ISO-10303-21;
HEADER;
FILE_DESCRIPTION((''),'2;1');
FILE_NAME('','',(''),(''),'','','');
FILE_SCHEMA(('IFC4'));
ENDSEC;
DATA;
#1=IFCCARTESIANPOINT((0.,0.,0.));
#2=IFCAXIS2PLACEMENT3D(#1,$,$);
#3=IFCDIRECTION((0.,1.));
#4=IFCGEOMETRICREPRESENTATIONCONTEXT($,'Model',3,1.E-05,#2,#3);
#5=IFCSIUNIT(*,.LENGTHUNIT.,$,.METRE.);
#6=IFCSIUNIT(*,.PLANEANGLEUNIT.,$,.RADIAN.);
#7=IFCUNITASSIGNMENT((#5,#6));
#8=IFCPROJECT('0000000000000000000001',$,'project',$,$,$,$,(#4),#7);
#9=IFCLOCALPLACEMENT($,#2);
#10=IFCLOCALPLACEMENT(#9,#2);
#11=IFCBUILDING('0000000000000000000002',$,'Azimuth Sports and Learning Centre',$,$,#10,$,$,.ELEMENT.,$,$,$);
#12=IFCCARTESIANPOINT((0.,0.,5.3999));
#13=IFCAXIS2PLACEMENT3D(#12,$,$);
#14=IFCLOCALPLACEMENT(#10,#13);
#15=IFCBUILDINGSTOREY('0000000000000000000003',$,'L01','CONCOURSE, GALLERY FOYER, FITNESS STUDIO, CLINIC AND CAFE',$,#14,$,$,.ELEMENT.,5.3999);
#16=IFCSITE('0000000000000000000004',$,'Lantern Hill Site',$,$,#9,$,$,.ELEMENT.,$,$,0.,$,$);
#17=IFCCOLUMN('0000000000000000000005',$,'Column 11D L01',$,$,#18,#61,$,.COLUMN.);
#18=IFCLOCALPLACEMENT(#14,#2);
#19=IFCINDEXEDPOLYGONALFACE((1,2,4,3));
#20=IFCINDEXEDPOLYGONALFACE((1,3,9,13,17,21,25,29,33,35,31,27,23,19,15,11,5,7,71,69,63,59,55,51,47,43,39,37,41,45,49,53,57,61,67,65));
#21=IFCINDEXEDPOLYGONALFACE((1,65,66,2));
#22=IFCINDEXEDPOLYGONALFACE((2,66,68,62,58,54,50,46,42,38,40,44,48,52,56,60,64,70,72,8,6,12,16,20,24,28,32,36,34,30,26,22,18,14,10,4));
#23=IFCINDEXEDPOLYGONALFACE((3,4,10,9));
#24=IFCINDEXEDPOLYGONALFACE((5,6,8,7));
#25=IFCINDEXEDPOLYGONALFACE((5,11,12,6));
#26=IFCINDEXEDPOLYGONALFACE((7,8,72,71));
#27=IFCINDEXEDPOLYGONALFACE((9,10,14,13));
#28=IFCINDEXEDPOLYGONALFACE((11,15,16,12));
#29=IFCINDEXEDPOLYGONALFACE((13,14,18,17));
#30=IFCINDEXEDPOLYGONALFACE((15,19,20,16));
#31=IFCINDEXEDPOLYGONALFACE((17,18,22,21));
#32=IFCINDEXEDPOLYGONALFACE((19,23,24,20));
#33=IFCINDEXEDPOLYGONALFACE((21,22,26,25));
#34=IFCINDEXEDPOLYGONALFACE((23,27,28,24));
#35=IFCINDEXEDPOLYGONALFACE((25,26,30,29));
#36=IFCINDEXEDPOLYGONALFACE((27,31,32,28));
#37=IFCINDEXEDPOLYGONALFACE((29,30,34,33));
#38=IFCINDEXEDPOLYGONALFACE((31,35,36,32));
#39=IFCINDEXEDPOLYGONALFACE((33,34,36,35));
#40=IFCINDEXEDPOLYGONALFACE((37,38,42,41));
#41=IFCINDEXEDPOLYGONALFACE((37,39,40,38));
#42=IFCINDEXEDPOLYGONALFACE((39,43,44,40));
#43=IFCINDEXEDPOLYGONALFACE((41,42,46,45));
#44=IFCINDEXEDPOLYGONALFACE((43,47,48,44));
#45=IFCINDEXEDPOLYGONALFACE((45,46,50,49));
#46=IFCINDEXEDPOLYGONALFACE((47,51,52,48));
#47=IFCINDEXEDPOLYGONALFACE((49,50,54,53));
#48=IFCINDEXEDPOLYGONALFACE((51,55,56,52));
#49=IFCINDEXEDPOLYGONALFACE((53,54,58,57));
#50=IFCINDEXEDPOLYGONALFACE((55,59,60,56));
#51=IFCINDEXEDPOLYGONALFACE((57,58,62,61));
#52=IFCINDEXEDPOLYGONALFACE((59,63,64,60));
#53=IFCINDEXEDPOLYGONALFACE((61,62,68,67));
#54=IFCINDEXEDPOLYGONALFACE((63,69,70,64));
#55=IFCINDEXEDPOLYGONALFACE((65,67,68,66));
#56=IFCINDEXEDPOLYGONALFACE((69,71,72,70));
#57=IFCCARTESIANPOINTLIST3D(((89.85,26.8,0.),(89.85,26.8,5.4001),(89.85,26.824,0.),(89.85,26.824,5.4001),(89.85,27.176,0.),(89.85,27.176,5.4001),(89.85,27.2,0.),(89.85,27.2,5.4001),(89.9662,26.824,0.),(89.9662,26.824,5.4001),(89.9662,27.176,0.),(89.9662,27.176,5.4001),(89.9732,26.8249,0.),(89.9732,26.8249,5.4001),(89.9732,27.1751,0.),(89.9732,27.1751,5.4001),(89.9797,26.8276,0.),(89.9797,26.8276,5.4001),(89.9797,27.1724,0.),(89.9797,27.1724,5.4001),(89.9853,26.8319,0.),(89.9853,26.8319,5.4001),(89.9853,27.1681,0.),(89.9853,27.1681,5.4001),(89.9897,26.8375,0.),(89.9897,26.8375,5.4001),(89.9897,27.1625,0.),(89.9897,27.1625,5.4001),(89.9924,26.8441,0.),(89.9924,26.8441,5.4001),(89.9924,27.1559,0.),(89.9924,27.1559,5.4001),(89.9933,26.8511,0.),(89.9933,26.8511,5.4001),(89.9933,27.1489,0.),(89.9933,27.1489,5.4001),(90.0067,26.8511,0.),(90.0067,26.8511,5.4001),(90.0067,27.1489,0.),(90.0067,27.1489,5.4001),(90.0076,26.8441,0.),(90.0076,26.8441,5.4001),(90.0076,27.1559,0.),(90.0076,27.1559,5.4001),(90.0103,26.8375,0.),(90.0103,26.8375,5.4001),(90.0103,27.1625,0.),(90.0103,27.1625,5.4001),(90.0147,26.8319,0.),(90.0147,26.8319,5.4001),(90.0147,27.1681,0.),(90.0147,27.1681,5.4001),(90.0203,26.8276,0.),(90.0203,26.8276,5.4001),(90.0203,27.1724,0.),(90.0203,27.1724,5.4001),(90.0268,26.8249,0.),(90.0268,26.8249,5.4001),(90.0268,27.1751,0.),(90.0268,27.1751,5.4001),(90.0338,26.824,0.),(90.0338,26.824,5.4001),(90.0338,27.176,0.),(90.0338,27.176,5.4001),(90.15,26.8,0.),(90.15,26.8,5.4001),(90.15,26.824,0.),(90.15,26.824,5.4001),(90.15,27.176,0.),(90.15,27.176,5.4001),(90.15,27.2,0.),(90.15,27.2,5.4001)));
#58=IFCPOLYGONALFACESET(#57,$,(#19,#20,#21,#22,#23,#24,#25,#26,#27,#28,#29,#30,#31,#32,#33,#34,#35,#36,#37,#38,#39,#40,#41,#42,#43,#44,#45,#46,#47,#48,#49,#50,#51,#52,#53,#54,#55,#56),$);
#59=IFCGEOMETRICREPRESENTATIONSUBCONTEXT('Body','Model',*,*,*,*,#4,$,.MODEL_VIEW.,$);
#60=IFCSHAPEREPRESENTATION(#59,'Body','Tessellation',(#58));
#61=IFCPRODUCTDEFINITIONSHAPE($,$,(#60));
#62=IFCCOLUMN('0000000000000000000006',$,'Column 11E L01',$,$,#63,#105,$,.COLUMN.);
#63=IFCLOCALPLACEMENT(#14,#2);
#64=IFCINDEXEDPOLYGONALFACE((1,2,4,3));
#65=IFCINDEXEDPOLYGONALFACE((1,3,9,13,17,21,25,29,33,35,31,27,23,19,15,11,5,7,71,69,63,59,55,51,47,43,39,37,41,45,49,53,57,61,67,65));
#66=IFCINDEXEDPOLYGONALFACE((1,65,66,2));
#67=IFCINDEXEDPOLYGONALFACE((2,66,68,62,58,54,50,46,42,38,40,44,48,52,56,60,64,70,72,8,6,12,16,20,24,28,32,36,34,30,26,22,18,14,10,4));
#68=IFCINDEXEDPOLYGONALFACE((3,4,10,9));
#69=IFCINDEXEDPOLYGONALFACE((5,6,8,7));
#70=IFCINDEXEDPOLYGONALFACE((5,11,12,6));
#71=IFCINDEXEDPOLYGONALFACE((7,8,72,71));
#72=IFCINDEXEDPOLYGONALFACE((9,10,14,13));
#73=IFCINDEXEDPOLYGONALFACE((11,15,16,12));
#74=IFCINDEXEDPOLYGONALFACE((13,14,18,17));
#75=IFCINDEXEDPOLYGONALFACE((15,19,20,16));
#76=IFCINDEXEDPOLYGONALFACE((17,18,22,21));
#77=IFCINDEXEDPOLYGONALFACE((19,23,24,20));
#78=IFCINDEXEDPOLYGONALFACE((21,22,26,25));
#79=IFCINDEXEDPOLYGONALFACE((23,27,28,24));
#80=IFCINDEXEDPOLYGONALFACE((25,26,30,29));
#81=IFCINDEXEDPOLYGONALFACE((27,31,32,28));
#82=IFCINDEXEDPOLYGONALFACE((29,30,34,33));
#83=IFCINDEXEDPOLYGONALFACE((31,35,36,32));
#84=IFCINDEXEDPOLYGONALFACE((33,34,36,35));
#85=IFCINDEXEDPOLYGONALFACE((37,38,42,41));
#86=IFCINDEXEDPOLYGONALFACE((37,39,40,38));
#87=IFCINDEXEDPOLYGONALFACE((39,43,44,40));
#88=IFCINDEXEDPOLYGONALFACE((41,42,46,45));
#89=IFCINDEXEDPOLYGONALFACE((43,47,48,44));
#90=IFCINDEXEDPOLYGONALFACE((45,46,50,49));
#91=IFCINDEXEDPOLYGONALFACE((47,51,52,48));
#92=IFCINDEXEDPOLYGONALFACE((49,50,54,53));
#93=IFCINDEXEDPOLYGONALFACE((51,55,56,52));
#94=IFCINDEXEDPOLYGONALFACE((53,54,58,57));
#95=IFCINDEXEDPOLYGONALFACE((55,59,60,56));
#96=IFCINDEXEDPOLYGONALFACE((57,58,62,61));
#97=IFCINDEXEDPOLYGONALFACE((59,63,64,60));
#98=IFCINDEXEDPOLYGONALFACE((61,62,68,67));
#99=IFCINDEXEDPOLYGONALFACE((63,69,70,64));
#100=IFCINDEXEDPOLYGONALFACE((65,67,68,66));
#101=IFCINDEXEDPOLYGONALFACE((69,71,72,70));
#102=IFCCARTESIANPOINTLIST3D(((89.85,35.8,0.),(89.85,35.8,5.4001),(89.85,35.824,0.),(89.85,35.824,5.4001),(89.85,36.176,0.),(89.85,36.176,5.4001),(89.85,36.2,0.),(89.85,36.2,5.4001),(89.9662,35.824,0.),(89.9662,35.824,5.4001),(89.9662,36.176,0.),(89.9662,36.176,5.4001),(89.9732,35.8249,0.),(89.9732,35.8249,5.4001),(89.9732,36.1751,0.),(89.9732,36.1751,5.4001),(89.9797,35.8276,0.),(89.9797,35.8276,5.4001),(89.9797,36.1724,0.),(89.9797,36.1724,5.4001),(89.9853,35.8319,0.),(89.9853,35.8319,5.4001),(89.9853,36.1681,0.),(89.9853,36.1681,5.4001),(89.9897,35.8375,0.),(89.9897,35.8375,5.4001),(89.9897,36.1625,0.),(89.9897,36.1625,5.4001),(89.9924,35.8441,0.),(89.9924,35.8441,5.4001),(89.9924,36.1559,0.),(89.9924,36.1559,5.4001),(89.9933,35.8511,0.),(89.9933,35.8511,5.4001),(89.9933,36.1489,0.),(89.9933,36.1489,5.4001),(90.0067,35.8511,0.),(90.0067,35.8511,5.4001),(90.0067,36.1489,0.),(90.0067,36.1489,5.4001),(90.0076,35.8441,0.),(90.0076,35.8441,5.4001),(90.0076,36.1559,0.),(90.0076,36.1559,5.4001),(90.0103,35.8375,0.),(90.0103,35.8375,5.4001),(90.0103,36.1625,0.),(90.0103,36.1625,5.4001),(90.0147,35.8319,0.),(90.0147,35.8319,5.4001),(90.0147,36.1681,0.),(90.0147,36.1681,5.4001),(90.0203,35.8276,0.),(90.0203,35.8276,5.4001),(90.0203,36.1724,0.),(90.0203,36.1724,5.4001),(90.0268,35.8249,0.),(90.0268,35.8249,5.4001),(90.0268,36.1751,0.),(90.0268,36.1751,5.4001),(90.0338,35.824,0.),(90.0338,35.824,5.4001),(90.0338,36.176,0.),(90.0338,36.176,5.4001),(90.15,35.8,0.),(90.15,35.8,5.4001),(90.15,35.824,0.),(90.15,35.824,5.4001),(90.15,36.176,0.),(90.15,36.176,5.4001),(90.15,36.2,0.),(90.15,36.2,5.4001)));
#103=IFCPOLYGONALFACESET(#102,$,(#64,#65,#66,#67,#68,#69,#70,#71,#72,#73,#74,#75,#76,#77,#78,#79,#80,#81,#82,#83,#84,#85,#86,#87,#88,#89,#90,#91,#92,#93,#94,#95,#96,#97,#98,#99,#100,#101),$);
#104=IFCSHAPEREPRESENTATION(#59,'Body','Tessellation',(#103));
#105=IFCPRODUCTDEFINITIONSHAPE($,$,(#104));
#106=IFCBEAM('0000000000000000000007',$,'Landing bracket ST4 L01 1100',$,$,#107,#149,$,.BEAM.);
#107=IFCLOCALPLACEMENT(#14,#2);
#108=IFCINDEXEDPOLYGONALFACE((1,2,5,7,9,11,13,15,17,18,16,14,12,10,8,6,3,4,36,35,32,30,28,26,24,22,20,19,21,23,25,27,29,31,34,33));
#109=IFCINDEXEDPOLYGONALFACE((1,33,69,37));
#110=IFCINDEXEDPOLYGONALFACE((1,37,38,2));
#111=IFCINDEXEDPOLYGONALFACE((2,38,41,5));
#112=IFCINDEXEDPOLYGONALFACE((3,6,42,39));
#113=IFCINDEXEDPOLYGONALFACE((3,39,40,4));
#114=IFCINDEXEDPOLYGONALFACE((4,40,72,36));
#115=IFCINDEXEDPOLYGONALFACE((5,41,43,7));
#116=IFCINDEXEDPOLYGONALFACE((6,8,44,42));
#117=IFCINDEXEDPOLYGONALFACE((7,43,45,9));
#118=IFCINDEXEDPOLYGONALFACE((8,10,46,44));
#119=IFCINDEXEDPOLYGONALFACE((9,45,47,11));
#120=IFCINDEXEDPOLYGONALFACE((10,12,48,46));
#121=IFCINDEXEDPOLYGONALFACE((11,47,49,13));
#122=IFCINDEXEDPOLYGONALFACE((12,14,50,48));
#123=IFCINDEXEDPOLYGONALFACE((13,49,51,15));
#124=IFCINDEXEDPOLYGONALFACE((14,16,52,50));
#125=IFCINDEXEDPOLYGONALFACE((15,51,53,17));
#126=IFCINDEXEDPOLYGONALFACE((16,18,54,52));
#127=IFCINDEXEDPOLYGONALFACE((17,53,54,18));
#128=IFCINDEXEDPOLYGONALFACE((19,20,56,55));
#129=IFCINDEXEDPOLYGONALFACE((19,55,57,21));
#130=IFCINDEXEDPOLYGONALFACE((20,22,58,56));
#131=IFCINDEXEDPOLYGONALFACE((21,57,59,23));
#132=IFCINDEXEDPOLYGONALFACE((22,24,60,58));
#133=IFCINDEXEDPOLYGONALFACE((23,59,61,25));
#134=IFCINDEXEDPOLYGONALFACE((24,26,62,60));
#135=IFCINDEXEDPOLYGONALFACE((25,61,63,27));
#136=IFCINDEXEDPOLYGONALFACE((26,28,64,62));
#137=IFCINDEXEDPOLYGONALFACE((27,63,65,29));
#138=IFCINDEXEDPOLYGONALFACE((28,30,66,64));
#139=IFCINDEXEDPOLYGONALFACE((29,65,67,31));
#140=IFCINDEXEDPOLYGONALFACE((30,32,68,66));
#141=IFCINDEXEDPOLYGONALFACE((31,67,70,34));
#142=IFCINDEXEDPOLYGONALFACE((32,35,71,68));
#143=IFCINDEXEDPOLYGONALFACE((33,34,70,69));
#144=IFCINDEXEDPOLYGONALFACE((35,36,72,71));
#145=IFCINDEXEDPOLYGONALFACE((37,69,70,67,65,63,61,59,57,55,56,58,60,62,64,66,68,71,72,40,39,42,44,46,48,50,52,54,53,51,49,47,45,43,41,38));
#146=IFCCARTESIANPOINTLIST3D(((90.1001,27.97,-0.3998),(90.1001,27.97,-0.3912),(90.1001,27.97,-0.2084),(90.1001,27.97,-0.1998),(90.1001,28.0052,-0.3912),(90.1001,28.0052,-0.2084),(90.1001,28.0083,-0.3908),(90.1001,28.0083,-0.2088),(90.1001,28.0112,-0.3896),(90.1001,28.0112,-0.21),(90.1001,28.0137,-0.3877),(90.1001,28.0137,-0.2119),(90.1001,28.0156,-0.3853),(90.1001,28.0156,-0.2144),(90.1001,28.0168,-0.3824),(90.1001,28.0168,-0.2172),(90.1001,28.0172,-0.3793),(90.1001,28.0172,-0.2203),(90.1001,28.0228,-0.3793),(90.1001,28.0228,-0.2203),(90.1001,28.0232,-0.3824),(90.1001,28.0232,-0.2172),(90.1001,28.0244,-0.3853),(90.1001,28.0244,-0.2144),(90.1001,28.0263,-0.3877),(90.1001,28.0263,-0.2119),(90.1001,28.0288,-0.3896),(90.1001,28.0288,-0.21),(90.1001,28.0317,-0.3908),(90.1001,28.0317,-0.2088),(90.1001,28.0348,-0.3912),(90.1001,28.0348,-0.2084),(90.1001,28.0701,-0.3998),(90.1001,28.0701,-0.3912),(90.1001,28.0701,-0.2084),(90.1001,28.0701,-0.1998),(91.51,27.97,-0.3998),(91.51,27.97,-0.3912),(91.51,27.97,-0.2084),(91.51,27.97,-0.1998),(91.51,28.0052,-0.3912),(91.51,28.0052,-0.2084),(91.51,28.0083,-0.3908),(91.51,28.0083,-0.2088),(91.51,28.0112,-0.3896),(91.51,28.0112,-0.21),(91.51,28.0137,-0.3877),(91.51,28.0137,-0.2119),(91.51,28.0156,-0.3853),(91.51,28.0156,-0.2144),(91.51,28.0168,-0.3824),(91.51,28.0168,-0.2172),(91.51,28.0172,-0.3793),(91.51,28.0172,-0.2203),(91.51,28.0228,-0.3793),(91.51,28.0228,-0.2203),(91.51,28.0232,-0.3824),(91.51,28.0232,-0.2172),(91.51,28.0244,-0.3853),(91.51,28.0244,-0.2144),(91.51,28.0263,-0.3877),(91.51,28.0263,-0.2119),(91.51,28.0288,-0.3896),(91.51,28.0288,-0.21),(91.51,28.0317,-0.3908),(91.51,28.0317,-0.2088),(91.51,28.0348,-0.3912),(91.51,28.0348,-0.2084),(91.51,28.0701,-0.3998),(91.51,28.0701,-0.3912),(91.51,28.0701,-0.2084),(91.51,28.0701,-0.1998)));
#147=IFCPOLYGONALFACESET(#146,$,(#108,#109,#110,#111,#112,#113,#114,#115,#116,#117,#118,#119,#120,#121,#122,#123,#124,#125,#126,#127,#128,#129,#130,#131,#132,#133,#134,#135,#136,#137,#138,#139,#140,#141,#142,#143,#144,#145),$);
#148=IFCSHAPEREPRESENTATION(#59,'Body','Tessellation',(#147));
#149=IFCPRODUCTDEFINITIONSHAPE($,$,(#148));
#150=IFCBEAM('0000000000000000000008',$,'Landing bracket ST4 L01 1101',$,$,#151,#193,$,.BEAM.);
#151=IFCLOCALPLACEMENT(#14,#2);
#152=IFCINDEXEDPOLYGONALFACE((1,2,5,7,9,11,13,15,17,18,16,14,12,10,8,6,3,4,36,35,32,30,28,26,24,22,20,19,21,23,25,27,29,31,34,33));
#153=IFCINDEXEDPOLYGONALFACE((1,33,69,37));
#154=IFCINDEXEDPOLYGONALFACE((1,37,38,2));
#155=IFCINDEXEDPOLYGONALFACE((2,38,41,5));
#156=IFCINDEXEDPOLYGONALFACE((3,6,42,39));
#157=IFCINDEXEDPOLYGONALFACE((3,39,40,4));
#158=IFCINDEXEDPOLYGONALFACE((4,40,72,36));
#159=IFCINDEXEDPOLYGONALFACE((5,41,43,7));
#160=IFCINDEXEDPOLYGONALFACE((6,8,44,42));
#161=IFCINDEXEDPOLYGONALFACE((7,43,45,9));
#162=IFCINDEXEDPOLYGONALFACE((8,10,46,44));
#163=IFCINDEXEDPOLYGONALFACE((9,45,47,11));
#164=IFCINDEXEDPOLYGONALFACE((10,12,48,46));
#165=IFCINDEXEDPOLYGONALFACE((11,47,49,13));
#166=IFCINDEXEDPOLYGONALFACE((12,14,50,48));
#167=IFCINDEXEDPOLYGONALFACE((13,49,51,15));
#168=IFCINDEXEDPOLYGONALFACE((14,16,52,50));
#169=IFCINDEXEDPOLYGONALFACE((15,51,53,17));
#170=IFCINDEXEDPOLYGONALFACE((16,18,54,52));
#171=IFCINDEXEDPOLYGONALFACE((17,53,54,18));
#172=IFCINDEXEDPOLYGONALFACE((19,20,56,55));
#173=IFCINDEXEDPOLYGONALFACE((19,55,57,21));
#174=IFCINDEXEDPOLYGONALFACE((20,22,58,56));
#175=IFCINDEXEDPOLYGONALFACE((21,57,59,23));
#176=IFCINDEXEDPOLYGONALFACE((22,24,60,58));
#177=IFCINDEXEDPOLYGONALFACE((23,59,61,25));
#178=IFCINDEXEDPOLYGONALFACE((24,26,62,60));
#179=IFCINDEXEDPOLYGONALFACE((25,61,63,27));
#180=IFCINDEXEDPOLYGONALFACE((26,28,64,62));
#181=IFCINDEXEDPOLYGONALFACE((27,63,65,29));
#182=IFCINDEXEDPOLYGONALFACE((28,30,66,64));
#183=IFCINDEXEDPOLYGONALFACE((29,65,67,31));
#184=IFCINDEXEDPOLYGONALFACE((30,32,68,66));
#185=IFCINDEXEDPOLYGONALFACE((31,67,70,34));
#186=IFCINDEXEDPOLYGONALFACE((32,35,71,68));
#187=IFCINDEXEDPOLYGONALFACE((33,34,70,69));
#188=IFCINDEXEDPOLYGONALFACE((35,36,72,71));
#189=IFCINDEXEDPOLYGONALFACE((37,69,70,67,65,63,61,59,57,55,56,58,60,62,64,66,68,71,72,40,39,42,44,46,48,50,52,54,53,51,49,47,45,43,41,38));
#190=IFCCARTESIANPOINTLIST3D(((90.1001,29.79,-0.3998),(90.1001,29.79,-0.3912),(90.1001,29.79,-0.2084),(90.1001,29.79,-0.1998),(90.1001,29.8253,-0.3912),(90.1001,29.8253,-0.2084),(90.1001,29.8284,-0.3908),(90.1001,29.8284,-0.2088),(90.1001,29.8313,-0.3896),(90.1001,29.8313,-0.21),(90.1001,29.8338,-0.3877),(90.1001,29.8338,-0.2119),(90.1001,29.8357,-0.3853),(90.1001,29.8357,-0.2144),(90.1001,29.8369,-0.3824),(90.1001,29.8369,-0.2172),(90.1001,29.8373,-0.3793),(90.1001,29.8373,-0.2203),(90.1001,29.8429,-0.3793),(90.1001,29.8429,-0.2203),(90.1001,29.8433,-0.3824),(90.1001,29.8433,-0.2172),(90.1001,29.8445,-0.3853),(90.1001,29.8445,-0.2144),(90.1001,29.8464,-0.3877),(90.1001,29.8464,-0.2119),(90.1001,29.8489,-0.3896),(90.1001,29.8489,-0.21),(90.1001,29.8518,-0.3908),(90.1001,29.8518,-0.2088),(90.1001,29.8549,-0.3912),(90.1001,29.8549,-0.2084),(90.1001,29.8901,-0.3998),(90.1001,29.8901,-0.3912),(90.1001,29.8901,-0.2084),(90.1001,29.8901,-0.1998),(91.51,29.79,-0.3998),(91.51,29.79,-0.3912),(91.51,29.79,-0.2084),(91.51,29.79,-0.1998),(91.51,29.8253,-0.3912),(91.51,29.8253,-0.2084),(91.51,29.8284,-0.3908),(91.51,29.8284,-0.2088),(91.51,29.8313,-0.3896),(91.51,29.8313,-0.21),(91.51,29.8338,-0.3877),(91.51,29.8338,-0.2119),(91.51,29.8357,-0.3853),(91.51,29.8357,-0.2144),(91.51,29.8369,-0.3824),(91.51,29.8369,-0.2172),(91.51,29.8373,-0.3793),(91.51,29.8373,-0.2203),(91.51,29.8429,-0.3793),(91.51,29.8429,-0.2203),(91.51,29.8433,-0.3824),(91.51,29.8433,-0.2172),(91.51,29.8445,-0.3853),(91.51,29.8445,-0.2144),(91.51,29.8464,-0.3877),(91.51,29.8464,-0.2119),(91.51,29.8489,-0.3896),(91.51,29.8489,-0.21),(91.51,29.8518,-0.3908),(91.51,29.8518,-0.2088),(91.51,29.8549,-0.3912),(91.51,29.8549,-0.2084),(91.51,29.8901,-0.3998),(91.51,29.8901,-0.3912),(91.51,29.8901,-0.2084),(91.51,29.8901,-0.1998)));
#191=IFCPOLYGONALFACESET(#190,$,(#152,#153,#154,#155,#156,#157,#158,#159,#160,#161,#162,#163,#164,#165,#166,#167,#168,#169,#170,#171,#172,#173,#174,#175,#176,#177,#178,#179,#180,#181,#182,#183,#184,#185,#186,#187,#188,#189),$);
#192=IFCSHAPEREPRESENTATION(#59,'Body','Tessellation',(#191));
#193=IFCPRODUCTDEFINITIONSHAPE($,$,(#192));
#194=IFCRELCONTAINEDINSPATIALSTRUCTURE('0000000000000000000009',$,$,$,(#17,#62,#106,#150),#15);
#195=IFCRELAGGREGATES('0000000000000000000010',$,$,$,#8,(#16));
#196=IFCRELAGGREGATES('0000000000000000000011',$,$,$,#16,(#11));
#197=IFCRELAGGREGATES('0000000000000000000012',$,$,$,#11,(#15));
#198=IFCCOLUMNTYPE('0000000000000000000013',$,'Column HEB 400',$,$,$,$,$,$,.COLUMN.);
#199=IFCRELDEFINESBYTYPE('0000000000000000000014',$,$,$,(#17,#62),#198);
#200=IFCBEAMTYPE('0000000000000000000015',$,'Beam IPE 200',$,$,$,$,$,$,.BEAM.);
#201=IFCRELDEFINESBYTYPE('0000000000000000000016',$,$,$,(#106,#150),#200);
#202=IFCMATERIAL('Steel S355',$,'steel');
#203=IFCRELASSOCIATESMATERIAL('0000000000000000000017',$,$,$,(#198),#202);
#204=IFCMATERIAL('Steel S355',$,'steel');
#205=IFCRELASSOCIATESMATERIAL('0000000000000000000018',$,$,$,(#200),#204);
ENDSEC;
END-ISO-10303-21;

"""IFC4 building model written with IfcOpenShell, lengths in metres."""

from ifc_helpers import new_model, si_unit, direction, frame, origin, origin_2d, place, context, subcontext, project, spatial, i_section, extrude, material, material_profile, profile_set, type_object, element, save


model = new_model("IFC4")

# Units and contexts
model_context = context("Model", 3, precision=1e-05, world=origin(), true_north=direction((0.0, 1.0)))
body_context = subcontext(model_context, "Body", "Model", "MODEL_VIEW")
ifc_project = project(units=[si_unit("LENGTHUNIT", "METRE"), si_unit("PLANEANGLEUNIT", "RADIAN")], contexts=[model_context])

# Site, building, storey
site_placement = place(None, origin())
site = spatial("IfcSite", under=ifc_project, at=site_placement, Name="Lantern Hill Site", CompositionType="ELEMENT", RefElevation=0.0)
building_placement = place(site_placement, origin())
building = spatial("IfcBuilding", under=site, at=building_placement, Name="Azimuth Sports and Learning Centre", CompositionType="ELEMENT")
storey_placement = place(building_placement, frame((0.0, 0.0, 5.3999)))
storey = spatial("IfcBuildingStorey", under=building, at=storey_placement, Name="L01", Description="CONCOURSE, GALLERY FOYER, FITNESS STUDIO, CLINIC AND CAFE", CompositionType="ELEMENT", Elevation=5.3999)

# Columns
ifc_material_1 = material(Name="Steel S355", Category="steel")
ifc_material_profile_1 = material_profile(ifc_material_1, i_section(OverallWidth=0.3, OverallDepth=0.3999, WebThickness=0.0134, FlangeThickness=0.0239, FilletRadius=0.0271, at=origin_2d()), Name="HEB 400")
ifc_profile_set_1 = profile_set([ifc_material_profile_1], Name="Steel S355")
column_type = type_object("IfcColumnType", Name="Column HEB 400", PredefinedType="COLUMN", material=ifc_profile_set_1)
for number, where, z_axis, x_axis, name in (
    (1, (90.0, 27.0, 0.0), (0.0, 0.0, 1.0), (1.0, 0.0, 0.0), "Column 11D L01"),
    (2, (90.0, 36.0, 0.0), (0.0, 0.0, 1.0), (1.0, 0.0, 0.0), "Column 11E L01"),
):
    element("IfcColumn", number, at=place(storey_placement, frame(where, z_axis=z_axis, x_axis=x_axis)), inside=storey, type_object=column_type, Name=name, PredefinedType="COLUMN", context=body_context, shape_type="SweptSolid", body=[
        extrude(i_section(OverallWidth=0.3, OverallDepth=0.3999, WebThickness=0.0134, FlangeThickness=0.0239, FilletRadius=0.0271, at=origin_2d()), origin(), (0.0, 0.0, 1.0), 5.4001),
    ])

# Beams
ifc_material_2 = material(Name="Steel S355", Category="steel")
ifc_material_profile_2 = material_profile(ifc_material_2, i_section(OverallWidth=0.1001, OverallDepth=0.2, WebThickness=0.0056, FlangeThickness=0.0085, FilletRadius=0.012, at=origin_2d()), Name="IPE 200")
ifc_profile_set_2 = profile_set([ifc_material_profile_2], Name="Steel S355")
beam_type_1 = type_object("IfcBeamType", Name="Beam IPE 200", PredefinedType="BEAM", material=ifc_profile_set_2)
for number, where, z_axis, x_axis, name in (
    (3, (90.1001, 28.02, -0.2998), (1.0, 0.0, 0.0), (0.0, 1.0, 0.0), "Landing bracket ST4 L01 1100"),
    (4, (90.1001, 29.8401, -0.2998), (1.0, 0.0, 0.0), (0.0, 1.0, 0.0), "Landing bracket ST4 L01 1101"),
):
    element("IfcBeam", number, at=place(storey_placement, frame(where, z_axis=z_axis, x_axis=x_axis)), inside=storey, type_object=beam_type_1, Name=name, PredefinedType="BEAM", context=body_context, shape_type="SweptSolid", body=[
        extrude(i_section(OverallWidth=0.1001, OverallDepth=0.2, WebThickness=0.0056, FlangeThickness=0.0085, FilletRadius=0.012, at=origin_2d()), origin(), (0.0, 0.0, 1.0), 1.4099),
    ])

save(model, "model.ifc")
